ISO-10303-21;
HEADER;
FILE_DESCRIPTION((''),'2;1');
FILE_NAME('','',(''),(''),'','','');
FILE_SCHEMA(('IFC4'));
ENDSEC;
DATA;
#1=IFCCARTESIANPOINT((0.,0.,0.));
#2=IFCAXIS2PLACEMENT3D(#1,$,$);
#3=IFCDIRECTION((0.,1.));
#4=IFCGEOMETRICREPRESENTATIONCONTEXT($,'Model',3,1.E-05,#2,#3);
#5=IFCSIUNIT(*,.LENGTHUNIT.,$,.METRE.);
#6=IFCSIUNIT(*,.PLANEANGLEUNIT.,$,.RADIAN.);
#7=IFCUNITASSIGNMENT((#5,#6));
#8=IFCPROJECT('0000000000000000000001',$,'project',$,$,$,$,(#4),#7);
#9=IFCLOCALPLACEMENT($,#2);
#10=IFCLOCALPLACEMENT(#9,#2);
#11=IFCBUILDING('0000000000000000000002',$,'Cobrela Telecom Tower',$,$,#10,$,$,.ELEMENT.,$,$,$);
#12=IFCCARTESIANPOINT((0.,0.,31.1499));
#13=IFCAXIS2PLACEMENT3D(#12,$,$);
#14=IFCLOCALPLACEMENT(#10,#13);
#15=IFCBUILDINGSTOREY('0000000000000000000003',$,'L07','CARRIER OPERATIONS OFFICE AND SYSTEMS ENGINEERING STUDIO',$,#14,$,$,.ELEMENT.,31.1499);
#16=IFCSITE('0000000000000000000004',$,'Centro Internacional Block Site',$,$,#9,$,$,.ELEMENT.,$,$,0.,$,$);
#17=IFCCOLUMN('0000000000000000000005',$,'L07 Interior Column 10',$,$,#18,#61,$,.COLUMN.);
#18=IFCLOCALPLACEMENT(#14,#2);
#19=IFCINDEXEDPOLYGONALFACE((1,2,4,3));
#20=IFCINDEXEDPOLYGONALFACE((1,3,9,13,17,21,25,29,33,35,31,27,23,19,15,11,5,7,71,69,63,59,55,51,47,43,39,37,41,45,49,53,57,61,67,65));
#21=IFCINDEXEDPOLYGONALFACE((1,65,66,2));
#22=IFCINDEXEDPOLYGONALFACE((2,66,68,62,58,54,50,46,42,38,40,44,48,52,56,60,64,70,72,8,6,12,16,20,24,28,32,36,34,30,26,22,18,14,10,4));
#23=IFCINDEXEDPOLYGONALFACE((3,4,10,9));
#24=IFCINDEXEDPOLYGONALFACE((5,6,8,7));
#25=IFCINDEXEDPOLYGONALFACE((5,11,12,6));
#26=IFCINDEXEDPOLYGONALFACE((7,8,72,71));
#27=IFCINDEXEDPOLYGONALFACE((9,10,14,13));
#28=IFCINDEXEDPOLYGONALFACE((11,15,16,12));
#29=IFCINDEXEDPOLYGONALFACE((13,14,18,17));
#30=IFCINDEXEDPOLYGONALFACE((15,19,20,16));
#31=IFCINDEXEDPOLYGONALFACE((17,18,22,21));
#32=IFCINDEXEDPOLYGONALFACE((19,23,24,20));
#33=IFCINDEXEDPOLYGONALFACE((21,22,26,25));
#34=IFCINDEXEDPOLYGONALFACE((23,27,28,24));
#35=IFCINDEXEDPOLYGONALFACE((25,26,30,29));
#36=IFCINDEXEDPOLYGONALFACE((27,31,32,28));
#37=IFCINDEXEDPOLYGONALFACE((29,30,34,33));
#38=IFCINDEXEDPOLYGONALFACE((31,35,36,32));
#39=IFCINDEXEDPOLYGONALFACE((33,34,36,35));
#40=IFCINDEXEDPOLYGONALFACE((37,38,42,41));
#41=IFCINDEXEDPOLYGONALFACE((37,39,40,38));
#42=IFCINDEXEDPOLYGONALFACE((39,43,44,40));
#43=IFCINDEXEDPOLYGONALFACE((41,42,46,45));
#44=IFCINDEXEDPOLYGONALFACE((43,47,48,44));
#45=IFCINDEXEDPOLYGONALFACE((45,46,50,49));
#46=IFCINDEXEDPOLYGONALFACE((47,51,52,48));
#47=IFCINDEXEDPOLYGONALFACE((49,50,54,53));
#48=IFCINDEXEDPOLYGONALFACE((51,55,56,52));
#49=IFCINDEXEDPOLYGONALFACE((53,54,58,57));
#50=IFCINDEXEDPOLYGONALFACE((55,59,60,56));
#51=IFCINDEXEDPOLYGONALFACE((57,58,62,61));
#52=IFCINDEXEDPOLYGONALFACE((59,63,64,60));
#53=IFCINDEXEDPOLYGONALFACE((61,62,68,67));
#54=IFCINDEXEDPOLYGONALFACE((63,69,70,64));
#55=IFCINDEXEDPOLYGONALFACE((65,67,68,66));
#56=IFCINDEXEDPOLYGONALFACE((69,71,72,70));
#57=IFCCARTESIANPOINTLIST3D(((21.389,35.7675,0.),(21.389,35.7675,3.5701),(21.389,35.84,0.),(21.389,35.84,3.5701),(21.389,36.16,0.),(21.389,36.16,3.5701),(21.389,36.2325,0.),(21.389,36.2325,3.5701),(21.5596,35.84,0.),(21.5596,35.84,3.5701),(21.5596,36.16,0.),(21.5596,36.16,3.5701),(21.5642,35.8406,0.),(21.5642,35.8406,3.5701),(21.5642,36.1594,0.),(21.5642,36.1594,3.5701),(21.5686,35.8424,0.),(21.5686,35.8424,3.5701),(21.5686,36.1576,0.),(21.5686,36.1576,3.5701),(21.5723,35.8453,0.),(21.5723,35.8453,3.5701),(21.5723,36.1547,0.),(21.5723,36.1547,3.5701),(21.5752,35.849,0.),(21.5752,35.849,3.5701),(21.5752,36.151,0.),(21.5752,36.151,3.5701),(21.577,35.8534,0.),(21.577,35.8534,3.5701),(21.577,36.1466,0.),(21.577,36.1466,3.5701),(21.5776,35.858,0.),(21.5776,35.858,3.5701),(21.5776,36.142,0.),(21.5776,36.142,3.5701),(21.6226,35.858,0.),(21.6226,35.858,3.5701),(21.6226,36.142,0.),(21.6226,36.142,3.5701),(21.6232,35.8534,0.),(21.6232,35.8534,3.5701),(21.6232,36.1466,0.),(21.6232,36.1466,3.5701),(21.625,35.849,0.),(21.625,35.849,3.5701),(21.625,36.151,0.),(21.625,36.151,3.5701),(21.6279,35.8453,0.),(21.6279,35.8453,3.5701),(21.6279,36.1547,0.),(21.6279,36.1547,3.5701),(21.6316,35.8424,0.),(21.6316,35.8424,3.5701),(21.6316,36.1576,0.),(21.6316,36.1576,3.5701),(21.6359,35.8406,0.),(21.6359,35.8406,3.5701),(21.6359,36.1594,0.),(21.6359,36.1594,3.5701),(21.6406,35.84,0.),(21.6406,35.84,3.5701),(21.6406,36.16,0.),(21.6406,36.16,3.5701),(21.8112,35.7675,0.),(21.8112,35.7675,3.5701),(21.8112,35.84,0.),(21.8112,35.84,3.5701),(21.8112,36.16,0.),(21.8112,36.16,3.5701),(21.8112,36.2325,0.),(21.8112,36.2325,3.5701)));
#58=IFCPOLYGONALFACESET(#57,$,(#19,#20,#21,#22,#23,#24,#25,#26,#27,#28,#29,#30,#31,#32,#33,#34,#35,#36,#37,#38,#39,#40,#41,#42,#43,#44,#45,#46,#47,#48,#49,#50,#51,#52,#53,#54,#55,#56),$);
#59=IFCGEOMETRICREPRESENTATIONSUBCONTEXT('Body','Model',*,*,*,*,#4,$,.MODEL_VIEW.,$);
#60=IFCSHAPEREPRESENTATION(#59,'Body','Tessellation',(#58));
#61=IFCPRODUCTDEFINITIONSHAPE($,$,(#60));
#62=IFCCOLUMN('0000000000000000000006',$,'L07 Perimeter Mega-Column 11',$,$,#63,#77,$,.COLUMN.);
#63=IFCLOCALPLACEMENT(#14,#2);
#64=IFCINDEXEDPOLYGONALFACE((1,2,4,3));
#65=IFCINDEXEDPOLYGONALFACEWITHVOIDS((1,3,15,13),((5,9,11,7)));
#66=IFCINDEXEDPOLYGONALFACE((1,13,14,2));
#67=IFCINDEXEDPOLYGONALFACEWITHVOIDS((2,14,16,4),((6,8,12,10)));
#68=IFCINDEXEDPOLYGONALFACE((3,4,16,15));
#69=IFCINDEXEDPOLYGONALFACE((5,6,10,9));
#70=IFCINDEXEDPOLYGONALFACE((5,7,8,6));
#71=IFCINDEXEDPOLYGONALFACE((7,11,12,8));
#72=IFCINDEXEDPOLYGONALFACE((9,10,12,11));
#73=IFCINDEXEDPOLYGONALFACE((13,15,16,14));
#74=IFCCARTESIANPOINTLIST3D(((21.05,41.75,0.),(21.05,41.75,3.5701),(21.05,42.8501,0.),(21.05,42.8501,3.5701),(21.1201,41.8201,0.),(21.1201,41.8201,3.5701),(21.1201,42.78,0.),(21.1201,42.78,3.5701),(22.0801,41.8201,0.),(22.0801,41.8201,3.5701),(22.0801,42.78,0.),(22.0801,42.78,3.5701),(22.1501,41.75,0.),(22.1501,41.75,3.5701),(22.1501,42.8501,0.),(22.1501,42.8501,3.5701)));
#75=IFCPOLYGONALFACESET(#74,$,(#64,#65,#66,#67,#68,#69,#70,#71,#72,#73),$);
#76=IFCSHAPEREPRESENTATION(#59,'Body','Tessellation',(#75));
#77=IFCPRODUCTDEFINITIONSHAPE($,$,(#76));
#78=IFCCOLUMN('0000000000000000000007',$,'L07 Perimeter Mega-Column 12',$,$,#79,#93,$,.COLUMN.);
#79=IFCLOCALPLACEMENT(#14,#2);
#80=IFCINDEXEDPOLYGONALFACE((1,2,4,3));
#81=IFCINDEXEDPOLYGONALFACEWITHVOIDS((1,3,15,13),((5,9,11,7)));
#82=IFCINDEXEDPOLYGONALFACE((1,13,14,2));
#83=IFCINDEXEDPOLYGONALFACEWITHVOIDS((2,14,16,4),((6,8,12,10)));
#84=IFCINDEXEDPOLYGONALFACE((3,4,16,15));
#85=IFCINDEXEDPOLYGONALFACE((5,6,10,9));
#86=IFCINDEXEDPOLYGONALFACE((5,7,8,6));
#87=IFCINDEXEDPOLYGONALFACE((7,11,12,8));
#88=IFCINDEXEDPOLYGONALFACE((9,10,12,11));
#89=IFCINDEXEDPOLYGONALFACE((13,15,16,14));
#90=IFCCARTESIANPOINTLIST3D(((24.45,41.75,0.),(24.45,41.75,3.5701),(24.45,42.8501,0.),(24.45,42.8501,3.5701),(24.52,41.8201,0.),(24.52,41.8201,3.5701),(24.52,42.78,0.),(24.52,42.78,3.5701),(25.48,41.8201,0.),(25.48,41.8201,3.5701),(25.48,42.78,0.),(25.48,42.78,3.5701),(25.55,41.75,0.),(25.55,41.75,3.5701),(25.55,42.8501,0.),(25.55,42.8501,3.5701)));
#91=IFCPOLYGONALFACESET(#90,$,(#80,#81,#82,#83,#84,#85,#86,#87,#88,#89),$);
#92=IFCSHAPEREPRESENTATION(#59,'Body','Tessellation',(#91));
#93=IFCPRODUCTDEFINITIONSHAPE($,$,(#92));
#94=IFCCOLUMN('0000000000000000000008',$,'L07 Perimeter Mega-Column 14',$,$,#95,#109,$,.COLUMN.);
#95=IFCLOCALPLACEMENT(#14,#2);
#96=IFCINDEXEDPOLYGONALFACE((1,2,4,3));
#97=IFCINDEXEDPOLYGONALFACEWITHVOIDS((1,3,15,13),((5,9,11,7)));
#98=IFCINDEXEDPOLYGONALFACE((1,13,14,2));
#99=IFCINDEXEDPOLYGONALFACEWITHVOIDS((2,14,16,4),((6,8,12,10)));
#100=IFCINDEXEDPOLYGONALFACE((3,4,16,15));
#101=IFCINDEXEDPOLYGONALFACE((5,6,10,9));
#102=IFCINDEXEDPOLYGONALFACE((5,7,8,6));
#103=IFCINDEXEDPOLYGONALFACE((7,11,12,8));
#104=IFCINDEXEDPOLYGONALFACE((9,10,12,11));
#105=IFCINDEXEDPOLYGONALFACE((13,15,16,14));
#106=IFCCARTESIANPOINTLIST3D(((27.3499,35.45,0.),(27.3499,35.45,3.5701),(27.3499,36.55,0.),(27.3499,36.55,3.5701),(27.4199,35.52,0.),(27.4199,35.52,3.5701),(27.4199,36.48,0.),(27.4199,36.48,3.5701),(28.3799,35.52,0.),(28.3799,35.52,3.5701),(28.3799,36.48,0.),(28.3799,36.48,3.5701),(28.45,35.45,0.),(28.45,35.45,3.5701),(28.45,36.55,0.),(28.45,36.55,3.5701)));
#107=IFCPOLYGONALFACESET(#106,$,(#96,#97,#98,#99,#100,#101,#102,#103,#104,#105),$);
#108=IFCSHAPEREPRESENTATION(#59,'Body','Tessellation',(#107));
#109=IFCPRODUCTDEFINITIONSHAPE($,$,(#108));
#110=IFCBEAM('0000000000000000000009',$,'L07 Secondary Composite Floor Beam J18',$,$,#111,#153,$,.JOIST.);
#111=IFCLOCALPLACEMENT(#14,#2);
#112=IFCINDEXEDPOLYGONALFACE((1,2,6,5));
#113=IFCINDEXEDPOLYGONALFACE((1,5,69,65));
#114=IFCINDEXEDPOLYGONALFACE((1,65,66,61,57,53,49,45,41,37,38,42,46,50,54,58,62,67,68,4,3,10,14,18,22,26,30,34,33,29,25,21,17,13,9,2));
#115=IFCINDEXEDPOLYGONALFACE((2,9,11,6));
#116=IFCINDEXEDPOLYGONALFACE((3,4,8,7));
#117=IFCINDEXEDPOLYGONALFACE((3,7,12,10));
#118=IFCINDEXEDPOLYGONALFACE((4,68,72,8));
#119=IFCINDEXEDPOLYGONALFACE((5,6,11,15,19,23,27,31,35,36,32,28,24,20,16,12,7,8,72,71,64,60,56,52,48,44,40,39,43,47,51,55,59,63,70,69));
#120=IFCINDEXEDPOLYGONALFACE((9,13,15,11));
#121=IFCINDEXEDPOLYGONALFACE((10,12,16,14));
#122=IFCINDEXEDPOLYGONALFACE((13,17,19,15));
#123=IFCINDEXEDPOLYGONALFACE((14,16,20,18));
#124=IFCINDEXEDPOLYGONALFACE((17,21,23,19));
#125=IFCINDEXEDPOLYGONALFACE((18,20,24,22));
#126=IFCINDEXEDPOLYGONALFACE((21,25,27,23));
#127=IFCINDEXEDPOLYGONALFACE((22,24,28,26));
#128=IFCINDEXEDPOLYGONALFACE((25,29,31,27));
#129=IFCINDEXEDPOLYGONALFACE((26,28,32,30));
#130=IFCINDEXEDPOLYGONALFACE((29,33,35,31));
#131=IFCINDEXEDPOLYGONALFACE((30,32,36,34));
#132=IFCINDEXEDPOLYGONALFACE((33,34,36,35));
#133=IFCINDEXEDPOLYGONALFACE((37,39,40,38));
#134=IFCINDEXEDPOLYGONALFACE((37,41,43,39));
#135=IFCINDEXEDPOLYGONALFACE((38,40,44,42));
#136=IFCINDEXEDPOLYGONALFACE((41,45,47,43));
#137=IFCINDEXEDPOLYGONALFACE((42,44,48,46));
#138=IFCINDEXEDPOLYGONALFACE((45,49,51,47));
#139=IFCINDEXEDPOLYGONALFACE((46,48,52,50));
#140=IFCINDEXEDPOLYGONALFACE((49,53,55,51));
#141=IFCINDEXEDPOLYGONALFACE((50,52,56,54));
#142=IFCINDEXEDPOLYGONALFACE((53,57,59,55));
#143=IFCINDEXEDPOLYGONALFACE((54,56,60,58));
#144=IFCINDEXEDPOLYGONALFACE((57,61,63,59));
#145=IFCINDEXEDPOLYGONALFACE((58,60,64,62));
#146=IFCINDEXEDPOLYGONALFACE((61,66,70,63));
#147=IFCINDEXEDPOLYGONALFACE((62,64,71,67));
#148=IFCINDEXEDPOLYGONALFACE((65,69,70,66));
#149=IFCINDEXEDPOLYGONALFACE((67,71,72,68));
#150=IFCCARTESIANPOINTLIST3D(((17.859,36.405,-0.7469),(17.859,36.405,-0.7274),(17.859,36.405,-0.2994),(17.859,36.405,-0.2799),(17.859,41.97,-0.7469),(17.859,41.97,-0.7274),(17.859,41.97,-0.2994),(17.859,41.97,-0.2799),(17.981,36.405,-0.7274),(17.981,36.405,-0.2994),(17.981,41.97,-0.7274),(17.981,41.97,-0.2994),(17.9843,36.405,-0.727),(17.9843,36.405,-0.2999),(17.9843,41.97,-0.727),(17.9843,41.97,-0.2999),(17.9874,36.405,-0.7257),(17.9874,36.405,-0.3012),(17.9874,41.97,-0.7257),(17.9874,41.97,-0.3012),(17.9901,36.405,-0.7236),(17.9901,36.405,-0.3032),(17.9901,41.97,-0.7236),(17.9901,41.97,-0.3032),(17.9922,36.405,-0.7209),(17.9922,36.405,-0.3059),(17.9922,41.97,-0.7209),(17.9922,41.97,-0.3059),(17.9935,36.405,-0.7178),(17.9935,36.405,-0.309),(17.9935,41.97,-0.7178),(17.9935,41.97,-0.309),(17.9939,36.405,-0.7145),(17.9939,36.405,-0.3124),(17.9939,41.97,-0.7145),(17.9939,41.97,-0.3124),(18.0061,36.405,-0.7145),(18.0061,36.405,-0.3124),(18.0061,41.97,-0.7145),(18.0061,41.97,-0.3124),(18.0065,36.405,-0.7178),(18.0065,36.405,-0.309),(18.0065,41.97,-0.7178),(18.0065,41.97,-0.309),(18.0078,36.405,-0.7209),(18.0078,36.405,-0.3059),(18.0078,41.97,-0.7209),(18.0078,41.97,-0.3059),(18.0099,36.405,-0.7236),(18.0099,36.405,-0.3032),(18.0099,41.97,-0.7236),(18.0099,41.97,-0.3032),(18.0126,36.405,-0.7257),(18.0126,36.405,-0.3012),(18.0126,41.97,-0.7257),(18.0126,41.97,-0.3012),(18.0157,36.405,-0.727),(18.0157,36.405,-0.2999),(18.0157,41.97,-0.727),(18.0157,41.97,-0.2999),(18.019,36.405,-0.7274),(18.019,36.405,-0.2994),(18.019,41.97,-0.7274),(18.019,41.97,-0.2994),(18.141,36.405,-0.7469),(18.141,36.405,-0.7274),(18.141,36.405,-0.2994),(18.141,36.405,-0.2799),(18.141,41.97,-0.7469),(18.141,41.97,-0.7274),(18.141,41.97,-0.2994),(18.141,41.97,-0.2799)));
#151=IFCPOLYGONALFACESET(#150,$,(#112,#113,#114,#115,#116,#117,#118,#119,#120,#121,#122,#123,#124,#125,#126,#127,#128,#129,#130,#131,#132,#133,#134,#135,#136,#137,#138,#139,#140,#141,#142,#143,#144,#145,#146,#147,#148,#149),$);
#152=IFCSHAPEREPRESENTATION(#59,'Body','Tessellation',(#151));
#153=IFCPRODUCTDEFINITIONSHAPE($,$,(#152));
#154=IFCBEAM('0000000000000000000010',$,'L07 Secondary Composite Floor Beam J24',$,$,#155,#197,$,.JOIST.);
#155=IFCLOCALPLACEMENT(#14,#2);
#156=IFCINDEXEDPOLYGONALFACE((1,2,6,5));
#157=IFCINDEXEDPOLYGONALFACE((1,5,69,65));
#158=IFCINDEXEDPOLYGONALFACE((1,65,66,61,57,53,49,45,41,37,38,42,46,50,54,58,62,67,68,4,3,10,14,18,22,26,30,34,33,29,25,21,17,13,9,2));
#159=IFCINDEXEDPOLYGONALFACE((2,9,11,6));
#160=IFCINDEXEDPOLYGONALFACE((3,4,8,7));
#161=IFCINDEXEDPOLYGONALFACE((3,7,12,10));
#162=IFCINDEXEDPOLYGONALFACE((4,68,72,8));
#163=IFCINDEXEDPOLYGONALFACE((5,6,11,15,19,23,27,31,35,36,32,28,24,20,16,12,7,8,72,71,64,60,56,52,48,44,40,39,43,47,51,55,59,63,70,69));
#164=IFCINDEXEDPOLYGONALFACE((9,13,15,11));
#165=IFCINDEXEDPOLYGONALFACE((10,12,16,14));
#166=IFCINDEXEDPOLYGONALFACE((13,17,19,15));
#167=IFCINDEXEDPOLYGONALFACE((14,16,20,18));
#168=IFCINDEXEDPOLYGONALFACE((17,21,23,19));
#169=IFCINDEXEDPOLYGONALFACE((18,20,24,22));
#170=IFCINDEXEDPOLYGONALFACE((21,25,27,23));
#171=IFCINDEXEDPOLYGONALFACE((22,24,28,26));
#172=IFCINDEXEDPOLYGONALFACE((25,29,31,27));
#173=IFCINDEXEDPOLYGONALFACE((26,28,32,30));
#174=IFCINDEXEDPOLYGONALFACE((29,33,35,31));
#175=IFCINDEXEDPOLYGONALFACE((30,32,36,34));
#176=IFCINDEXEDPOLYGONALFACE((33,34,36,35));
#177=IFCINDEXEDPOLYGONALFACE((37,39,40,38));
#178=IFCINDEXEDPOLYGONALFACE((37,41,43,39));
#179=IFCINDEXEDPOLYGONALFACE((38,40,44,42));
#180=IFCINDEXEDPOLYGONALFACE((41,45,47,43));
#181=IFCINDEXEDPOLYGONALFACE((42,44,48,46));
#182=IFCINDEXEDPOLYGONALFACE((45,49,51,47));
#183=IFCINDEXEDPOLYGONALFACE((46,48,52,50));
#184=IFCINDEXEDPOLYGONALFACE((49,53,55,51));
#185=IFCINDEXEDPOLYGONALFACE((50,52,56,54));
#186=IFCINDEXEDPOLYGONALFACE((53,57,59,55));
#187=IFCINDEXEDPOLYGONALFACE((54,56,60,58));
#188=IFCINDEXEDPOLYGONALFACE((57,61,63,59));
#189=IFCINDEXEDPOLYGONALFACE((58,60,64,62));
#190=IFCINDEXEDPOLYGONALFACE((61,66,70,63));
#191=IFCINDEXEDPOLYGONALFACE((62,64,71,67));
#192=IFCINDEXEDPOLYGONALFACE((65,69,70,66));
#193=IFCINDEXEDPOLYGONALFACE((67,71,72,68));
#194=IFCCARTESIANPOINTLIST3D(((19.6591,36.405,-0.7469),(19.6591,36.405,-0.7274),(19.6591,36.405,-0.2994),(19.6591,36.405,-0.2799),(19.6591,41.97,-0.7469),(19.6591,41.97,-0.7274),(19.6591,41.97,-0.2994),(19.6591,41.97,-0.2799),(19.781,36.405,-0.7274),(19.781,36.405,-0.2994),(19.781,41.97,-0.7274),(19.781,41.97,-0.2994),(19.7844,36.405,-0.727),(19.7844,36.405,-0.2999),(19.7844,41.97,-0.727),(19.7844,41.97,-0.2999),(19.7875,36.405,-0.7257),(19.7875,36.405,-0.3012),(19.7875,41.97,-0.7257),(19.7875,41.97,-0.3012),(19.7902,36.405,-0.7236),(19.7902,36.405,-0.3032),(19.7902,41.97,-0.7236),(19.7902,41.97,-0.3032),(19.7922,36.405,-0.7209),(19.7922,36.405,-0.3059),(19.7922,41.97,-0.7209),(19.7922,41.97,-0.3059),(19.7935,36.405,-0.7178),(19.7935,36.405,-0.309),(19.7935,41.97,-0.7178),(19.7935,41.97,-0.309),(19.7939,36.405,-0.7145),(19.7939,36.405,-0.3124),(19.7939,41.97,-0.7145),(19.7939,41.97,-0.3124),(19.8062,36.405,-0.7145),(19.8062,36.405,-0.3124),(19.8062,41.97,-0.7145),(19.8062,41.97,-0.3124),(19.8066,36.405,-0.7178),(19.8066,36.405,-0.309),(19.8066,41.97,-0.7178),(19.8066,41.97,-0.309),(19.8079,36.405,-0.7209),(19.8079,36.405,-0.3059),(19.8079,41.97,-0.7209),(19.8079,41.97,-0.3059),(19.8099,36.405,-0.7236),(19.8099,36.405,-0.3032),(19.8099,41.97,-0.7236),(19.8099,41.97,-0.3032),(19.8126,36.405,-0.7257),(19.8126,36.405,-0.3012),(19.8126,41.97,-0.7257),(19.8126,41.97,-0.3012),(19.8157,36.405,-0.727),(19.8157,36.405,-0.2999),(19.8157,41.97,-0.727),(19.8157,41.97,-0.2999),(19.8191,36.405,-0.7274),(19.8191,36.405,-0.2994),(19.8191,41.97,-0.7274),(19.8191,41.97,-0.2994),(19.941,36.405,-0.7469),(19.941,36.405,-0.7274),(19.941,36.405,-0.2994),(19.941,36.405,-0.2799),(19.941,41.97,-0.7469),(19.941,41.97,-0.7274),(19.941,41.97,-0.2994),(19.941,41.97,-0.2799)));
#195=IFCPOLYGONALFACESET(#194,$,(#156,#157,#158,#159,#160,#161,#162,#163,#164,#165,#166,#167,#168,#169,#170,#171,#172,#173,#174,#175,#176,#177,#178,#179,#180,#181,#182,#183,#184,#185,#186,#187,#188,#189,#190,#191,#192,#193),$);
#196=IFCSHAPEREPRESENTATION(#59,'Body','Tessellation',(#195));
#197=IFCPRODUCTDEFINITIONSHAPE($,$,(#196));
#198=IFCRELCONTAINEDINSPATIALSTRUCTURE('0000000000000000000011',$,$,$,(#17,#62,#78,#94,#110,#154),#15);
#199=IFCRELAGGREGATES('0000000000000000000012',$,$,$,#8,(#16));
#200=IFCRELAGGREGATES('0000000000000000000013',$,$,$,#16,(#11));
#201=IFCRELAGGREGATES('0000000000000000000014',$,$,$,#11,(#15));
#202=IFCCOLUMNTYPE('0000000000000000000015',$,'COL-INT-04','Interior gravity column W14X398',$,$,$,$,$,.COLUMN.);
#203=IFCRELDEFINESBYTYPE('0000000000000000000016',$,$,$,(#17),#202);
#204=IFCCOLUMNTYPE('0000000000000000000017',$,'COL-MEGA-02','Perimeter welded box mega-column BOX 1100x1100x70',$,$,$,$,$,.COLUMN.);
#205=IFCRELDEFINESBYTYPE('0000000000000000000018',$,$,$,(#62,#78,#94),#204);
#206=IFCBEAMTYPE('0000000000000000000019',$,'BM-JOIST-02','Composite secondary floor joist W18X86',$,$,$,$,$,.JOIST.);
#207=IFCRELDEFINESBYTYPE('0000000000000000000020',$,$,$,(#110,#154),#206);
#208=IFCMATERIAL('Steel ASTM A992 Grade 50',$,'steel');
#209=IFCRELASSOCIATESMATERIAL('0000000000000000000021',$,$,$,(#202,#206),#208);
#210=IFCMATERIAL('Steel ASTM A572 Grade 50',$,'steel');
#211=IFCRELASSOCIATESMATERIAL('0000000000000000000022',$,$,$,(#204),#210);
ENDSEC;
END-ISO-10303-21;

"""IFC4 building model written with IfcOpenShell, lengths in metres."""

from ifc_helpers import new_model, si_unit, direction, frame, origin, origin_2d, place, context, subcontext, project, spatial, hollow_rectangle, i_section, extrude, material, material_profile, profile_set, type_object, element, save


model = new_model("IFC4")

# Units and contexts
model_context = context("Model", 3, precision=1e-05, world=origin(), true_north=direction((0.0, 1.0)))
body_context = subcontext(model_context, "Body", "Model", "MODEL_VIEW")
ifc_project = project(units=[si_unit("LENGTHUNIT", "METRE"), si_unit("PLANEANGLEUNIT", "RADIAN")], contexts=[model_context])

# Site, building, storey
site_placement = place(None, origin())
site = spatial("IfcSite", under=ifc_project, at=site_placement, Name="Centro Internacional Block Site", CompositionType="ELEMENT", RefElevation=0.0)
building_placement = place(site_placement, origin())
building = spatial("IfcBuilding", under=site, at=building_placement, Name="Cobrela Telecom Tower", CompositionType="ELEMENT")
storey_placement = place(building_placement, frame((0.0, 0.0, 31.1499)))
storey = spatial("IfcBuildingStorey", under=building, at=storey_placement, Name="L07", Description="CARRIER OPERATIONS OFFICE AND SYSTEMS ENGINEERING STUDIO", CompositionType="ELEMENT", Elevation=31.1499)

# Columns
ifc_material_1 = material(Name="Steel ASTM A992 Grade 50", Category="steel")
ifc_material_profile_1 = material_profile(ifc_material_1, i_section(OverallWidth=0.4221, OverallDepth=0.4651, WebThickness=0.0449, FlangeThickness=0.0725, FilletRadius=0.0181, at=origin_2d()), Name="W14X398")
ifc_profile_set_1 = profile_set([ifc_material_profile_1], Name="Steel ASTM A992 Grade 50")
column_type_1 = type_object("IfcColumnType", Name="COL-INT-04", Description="Interior gravity column W14X398", PredefinedType="COLUMN", material=ifc_profile_set_1)
column_placement = place(storey_placement, frame((21.6001, 36.0, 0.0), z_axis=(0.0, 0.0, 1.0), x_axis=(1.0, 0.0, 0.0)))
element("IfcColumn", 1, at=column_placement, inside=storey, type_object=column_type_1, Name="L07 Interior Column 10", PredefinedType="COLUMN", context=body_context, shape_type="SweptSolid", body=[
    extrude(i_section(OverallWidth=0.4221, OverallDepth=0.4651, WebThickness=0.0449, FlangeThickness=0.0725, FilletRadius=0.0181, at=origin_2d()), origin(), (0.0, 0.0, 1.0), 3.5701),
])
ifc_material_2 = material(Name="Steel ASTM A572 Grade 50", Category="steel")
ifc_material_profile_2 = material_profile(ifc_material_2, hollow_rectangle(XDim=1.1001, YDim=1.1001, WallThickness=0.0701, at=origin_2d()), Name="BOX 1100x1100x70")
ifc_profile_set_2 = profile_set([ifc_material_profile_2], Name="Steel ASTM A572 Grade 50")
column_type_2 = type_object("IfcColumnType", Name="COL-MEGA-02", Description="Perimeter welded box mega-column BOX 1100x1100x70", PredefinedType="COLUMN", material=ifc_profile_set_2)
for number, where, z_axis, x_axis, name in (
    (2, (21.6001, 42.3, 0.0), (0.0, 0.0, 1.0), (1.0, 0.0, 0.0), "L07 Perimeter Mega-Column 11"),
    (3, (25.0, 42.3, 0.0), (0.0, 0.0, 1.0), (1.0, 0.0, 0.0), "L07 Perimeter Mega-Column 12"),
    (4, (27.8999, 36.0, 0.0), (0.0, 0.0, 1.0), (1.0, 0.0, 0.0), "L07 Perimeter Mega-Column 14"),
):
    element("IfcColumn", number, at=place(storey_placement, frame(where, z_axis=z_axis, x_axis=x_axis)), inside=storey, type_object=column_type_2, Name=name, PredefinedType="COLUMN", context=body_context, shape_type="SweptSolid", body=[
        extrude(hollow_rectangle(XDim=1.1001, YDim=1.1001, WallThickness=0.0701, at=origin_2d()), origin(), (0.0, 0.0, 1.0), 3.5701),
    ])

# Beams
ifc_material_profile_3 = material_profile(ifc_material_1, i_section(OverallWidth=0.282, OverallDepth=0.467, WebThickness=0.0122, FlangeThickness=0.0195, FilletRadius=0.0129, at=origin_2d()), Name="W18X86")
ifc_profile_set_3 = profile_set([ifc_material_profile_3], Name="Steel ASTM A992 Grade 50")
beam_type_1 = type_object("IfcBeamType", Name="BM-JOIST-02", Description="Composite secondary floor joist W18X86", PredefinedType="JOIST", material=ifc_profile_set_3)
for number, where, z_axis, x_axis, name in (
    (5, (18.0, 36.405, -0.5134), (0.0, 1.0, 0.0), (-1.0, 0.0, 0.0), "L07 Secondary Composite Floor Beam J18"),
    (6, (19.8, 36.405, -0.5134), (0.0, 1.0, 0.0), (-1.0, 0.0, 0.0), "L07 Secondary Composite Floor Beam J24"),
):
    element("IfcBeam", number, at=place(storey_placement, frame(where, z_axis=z_axis, x_axis=x_axis)), inside=storey, type_object=beam_type_1, Name=name, PredefinedType="JOIST", context=body_context, shape_type="SweptSolid", body=[
        extrude(i_section(OverallWidth=0.282, OverallDepth=0.467, WebThickness=0.0122, FlangeThickness=0.0195, FilletRadius=0.0129, at=origin_2d()), origin(), (0.0, 0.0, 1.0), 5.5649),
    ])

save(model, "model.ifc")
